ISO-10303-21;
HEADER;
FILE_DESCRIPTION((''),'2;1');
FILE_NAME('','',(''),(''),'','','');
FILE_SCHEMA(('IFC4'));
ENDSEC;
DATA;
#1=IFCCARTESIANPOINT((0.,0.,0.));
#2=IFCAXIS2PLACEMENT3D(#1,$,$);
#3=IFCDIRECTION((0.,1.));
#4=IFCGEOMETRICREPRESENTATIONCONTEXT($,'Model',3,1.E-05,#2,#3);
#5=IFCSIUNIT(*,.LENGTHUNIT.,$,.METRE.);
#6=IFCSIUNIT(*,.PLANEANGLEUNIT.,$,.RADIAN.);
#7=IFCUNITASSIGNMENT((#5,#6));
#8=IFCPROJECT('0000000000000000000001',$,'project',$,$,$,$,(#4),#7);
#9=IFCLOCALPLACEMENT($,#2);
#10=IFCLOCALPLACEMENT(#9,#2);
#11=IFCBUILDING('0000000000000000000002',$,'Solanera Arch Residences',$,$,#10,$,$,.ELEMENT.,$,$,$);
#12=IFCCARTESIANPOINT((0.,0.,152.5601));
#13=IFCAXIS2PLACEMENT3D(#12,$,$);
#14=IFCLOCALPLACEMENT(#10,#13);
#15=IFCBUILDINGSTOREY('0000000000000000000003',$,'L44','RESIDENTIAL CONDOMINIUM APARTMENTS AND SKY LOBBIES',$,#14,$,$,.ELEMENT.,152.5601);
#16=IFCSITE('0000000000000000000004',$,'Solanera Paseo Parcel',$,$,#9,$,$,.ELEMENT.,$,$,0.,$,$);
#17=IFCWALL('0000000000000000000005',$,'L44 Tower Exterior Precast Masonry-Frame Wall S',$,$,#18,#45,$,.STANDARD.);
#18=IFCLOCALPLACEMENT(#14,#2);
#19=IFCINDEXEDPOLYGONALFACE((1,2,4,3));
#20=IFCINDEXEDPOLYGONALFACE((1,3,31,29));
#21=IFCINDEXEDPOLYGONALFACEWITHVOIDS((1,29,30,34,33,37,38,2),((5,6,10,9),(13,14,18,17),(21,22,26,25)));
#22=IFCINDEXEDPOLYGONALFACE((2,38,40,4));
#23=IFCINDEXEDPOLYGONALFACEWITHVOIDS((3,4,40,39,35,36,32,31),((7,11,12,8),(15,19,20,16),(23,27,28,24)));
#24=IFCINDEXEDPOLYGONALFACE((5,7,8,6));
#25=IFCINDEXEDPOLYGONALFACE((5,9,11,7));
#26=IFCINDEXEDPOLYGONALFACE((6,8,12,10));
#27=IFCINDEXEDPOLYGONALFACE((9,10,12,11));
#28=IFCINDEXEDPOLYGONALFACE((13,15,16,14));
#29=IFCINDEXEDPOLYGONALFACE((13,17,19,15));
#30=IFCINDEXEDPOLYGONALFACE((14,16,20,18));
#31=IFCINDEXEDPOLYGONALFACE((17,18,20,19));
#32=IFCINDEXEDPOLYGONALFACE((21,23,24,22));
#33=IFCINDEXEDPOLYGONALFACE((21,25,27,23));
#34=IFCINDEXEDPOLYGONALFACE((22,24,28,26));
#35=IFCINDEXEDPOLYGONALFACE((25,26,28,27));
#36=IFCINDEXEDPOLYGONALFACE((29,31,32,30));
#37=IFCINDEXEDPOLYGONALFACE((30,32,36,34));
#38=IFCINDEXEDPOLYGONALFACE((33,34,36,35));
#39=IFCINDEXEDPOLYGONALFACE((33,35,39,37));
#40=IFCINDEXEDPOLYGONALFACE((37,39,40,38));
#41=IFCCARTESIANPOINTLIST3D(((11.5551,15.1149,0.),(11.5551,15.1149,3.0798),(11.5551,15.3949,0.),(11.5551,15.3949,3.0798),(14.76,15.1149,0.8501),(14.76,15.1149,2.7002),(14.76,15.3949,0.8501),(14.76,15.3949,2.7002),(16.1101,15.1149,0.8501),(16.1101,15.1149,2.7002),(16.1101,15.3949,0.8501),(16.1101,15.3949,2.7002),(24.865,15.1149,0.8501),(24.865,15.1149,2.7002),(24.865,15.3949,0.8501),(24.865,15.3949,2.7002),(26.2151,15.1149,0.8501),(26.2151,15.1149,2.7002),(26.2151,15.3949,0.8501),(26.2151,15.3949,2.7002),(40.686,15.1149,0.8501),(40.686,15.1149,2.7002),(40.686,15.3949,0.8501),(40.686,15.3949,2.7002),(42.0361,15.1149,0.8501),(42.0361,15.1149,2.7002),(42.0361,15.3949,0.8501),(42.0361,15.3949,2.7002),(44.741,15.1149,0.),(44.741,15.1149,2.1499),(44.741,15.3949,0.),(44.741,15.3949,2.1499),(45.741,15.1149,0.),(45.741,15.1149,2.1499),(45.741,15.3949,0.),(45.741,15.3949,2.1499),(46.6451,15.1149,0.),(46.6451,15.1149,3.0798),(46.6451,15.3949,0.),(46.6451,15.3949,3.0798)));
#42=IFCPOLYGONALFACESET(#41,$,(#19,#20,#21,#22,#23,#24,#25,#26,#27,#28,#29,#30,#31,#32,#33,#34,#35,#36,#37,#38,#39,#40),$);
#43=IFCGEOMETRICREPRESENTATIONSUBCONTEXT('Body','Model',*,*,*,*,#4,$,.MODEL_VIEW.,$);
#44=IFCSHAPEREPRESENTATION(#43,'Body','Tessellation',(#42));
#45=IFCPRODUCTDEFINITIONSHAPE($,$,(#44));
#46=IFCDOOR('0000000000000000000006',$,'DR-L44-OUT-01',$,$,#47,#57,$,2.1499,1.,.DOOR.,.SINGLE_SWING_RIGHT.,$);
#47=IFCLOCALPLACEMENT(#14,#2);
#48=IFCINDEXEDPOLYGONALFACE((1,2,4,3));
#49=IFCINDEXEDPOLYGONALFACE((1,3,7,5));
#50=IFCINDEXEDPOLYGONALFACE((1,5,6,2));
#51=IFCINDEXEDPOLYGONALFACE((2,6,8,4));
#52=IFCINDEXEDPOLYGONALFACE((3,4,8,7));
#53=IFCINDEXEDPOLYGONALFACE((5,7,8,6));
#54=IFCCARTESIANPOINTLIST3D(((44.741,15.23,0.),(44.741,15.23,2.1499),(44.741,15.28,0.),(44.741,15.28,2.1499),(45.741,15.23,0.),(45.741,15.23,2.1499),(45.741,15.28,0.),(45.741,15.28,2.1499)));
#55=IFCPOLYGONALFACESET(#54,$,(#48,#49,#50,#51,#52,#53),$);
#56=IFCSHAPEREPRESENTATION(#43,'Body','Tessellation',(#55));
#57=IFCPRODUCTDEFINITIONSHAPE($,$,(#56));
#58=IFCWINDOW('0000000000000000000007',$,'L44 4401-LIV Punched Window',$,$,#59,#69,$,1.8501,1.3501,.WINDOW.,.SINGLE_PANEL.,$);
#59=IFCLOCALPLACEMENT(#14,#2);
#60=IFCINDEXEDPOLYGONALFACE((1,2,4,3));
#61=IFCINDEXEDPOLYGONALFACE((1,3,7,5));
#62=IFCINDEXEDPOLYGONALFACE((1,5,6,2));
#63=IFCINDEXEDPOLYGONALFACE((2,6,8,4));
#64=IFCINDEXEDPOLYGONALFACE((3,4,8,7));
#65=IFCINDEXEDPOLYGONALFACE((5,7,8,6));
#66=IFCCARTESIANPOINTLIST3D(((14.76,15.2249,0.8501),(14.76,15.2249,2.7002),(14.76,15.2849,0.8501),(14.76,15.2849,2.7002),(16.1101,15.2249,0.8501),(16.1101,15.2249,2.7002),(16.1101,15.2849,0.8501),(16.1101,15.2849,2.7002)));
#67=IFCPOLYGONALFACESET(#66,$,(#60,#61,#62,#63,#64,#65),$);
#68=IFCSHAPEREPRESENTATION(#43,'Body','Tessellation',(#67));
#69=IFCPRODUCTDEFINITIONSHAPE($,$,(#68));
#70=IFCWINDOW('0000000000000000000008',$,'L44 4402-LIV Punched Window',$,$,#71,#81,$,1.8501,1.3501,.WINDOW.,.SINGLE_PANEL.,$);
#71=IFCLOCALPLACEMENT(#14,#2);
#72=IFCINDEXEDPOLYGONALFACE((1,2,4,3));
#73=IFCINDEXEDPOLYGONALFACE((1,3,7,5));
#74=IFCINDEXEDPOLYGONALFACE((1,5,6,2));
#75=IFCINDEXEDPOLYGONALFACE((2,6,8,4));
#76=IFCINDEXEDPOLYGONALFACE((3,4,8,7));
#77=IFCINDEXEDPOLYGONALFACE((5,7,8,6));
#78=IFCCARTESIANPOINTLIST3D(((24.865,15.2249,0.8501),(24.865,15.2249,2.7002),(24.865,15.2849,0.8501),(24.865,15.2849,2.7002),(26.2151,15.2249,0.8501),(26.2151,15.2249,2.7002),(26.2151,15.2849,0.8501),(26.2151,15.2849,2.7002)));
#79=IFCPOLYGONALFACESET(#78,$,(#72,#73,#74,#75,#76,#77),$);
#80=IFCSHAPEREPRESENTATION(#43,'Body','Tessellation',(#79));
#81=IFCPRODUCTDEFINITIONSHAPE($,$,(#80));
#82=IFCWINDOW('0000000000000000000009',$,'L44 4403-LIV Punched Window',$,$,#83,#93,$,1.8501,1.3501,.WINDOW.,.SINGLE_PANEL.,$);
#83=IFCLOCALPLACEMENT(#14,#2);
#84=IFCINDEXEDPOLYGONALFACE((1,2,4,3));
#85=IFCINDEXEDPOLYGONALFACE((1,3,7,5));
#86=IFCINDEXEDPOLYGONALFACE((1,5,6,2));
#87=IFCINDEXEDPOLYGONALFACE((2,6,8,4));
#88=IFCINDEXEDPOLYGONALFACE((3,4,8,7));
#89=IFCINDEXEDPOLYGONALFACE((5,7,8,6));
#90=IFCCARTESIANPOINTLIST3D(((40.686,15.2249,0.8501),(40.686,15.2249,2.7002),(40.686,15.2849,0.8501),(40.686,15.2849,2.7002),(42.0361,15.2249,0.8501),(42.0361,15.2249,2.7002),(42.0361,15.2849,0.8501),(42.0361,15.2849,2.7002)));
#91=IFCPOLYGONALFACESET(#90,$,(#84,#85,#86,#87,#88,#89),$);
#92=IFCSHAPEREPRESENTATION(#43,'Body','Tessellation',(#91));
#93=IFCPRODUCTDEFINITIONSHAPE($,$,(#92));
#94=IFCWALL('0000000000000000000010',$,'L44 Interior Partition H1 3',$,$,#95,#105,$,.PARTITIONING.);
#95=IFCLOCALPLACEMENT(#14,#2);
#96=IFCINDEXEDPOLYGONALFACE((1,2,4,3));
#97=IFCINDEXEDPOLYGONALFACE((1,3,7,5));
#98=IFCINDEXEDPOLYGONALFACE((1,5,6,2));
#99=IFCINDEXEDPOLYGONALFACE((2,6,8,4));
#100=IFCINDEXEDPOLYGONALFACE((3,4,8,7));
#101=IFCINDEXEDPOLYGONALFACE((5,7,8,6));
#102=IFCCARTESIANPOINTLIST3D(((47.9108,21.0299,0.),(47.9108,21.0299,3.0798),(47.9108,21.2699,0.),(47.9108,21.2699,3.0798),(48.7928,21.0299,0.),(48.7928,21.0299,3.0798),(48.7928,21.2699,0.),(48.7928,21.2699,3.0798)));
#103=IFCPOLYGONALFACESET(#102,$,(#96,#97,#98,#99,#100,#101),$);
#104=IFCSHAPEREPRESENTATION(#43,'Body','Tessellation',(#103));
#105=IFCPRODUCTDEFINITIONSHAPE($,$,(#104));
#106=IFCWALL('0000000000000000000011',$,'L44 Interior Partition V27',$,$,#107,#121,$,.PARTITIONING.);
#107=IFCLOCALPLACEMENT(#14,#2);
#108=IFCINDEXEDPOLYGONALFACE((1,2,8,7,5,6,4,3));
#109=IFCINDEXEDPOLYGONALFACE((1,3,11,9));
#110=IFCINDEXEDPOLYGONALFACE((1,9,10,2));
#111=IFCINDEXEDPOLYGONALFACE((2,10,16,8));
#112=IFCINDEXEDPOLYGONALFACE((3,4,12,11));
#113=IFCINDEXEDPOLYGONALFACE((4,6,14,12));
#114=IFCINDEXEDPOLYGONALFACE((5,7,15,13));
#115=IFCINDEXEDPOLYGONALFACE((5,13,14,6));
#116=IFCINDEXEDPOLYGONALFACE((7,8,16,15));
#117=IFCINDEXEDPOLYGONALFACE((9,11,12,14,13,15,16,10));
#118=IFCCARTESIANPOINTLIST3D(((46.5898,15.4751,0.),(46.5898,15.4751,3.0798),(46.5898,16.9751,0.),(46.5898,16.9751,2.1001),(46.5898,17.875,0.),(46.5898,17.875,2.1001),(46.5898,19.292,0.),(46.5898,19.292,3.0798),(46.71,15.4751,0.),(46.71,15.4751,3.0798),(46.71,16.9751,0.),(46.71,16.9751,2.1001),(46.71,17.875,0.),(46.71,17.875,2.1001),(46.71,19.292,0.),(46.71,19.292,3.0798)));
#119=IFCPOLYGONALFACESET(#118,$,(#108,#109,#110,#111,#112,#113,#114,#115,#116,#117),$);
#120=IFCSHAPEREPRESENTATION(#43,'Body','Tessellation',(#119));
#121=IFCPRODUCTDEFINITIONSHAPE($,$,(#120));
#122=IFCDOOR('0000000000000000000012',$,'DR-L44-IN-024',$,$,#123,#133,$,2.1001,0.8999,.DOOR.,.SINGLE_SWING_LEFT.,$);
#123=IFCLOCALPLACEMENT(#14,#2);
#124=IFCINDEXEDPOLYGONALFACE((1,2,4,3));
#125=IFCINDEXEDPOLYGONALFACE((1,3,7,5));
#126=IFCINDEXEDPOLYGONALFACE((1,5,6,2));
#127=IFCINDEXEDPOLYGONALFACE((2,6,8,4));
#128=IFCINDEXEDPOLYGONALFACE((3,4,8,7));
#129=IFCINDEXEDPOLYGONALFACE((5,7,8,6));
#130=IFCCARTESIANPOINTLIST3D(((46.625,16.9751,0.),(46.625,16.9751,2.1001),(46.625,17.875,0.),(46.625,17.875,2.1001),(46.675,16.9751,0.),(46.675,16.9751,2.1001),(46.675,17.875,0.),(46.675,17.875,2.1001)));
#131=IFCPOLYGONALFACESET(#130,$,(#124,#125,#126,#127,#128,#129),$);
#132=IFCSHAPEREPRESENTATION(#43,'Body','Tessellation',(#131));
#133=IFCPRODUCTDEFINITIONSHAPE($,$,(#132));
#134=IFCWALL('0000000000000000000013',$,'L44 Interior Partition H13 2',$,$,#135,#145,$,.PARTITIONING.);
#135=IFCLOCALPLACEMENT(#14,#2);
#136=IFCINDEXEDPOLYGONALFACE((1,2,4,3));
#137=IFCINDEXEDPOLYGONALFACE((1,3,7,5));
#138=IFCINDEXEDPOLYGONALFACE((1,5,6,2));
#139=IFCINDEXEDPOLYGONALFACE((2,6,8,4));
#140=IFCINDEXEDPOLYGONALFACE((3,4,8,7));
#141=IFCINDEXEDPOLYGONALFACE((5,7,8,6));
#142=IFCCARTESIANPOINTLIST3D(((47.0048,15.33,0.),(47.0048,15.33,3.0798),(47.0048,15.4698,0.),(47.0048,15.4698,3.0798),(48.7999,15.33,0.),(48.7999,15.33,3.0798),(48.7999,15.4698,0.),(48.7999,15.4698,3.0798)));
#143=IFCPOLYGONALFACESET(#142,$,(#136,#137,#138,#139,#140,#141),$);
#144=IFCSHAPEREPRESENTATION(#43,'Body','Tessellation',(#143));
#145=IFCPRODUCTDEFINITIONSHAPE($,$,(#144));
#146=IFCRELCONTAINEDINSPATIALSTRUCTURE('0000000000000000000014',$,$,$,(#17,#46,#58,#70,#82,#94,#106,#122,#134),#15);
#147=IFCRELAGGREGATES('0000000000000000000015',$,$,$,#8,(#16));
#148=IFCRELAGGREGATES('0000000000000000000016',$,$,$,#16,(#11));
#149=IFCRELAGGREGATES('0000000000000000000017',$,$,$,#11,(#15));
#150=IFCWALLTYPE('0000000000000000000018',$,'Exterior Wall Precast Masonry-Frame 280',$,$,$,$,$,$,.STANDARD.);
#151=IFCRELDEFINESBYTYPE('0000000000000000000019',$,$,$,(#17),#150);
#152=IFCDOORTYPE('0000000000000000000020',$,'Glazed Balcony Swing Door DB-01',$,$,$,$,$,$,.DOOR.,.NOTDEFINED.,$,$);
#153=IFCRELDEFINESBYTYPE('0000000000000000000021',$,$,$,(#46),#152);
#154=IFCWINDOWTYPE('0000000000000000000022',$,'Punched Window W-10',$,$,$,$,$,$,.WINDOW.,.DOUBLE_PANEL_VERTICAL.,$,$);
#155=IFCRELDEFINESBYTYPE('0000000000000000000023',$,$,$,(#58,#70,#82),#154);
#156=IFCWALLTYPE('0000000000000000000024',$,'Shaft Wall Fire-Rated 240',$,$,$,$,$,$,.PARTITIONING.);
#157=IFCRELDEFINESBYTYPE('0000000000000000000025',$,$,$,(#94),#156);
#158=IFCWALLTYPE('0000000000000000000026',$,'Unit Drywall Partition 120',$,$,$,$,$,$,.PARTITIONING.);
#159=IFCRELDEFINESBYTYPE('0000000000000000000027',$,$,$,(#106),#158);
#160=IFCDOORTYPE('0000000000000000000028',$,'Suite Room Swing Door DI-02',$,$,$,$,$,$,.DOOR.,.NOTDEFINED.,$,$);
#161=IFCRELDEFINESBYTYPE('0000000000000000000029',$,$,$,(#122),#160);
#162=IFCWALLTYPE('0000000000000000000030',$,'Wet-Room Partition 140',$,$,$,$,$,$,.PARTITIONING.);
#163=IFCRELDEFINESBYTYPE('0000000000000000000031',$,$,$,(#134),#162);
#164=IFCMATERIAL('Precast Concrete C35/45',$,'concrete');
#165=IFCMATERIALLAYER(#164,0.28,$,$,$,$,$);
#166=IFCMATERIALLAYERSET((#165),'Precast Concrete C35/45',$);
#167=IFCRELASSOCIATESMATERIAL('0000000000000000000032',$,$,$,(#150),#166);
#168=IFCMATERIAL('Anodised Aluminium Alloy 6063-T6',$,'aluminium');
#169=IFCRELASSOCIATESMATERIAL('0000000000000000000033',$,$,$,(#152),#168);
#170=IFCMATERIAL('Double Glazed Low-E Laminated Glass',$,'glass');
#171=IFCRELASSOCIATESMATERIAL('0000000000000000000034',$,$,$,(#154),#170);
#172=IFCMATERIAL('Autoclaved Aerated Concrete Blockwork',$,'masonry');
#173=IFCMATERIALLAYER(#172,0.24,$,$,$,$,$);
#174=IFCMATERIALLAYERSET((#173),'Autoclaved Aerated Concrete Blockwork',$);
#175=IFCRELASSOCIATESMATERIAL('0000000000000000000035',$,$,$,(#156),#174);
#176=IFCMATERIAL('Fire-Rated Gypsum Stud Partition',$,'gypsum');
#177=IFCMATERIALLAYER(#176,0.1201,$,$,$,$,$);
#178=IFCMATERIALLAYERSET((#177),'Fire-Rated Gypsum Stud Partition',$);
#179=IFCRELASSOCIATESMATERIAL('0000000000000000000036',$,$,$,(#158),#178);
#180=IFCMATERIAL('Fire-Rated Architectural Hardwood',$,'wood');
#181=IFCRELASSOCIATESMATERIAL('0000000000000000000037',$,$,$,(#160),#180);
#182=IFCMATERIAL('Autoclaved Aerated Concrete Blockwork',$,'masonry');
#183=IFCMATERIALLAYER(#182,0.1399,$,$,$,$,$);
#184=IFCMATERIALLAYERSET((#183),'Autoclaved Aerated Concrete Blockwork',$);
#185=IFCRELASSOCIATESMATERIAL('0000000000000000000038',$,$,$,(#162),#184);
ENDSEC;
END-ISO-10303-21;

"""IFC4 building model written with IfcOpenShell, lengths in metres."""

from ifc_helpers import new_model, si_unit, direction, frame, frame_2d, origin, place, context, subcontext, project, spatial, rectangle, extrude, material, layer, layer_set, type_object, element, fill, save


model = new_model("IFC4")

# Units and contexts
model_context = context("Model", 3, precision=1e-05, world=origin(), true_north=direction((0.0, 1.0)))
body_context = subcontext(model_context, "Body", "Model", "MODEL_VIEW")
ifc_project = project(units=[si_unit("LENGTHUNIT", "METRE"), si_unit("PLANEANGLEUNIT", "RADIAN")], contexts=[model_context])

# Site, building, storey
site_placement = place(None, origin())
site = spatial("IfcSite", under=ifc_project, at=site_placement, Name="Solanera Paseo Parcel", CompositionType="ELEMENT", RefElevation=0.0)
building_placement = place(site_placement, origin())
building = spatial("IfcBuilding", under=site, at=building_placement, Name="Solanera Arch Residences", CompositionType="ELEMENT")
storey_placement = place(building_placement, frame((0.0, 0.0, 152.5601)))
storey = spatial("IfcBuildingStorey", under=building, at=storey_placement, Name="L44", Description="RESIDENTIAL CONDOMINIUM APARTMENTS AND SKY LOBBIES", CompositionType="ELEMENT", Elevation=152.5601)

# Shared definitions
ifc_material_1 = material(Name="Precast Concrete C35/45", Category="concrete")
ifc_layer_1 = layer(ifc_material_1, 0.28)
ifc_layer_set_1 = layer_set([ifc_layer_1], Name="Precast Concrete C35/45")
wall_type_1 = type_object("IfcWallType", Name="Exterior Wall Precast Masonry-Frame 280", PredefinedType="STANDARD", material=ifc_layer_set_1)

# Wall, openings, door, windows
wall_1_placement = place(storey_placement, frame((46.645, 15.2549, 0.0), z_axis=(0.0, 0.0, 1.0), x_axis=(-1.0, 0.0, 0.0)))
wall_1 = element("IfcWall", 1, at=wall_1_placement, inside=storey, type_object=wall_type_1, Name="L44 Tower Exterior Precast Masonry-Frame Wall S", PredefinedType="STANDARD", context=body_context, shape_type="SweptSolid", body=[
    extrude(rectangle(XDim=35.0901, YDim=0.28, at=frame_2d((17.5449, 0.0))), origin(), (0.0, 0.0, 1.0), 3.0798),
])
opening_1_placement = place(wall_1_placement, frame((0.9041, 0.0, 0.0)))
opening_1 = element("IfcOpeningElement", 2, at=opening_1_placement, cuts=wall_1, PredefinedType="OPENING", context=body_context, shape_type="SweptSolid", body=[
    extrude(rectangle(XDim=1.0, YDim=2.1499, at=frame_2d((0.5, 1.075))), frame((0.0, 0.1499, 0.0), z_axis=(0.0, -1.0, 0.0), x_axis=(1.0, 0.0, 0.0)), (0.0, 0.0, 1.0), 0.3),
])
opening_2_placement = place(wall_1_placement, frame((30.5349, 0.0, 0.8501)))
opening_2 = element("IfcOpeningElement", 3, at=opening_2_placement, cuts=wall_1, PredefinedType="OPENING", context=body_context, shape_type="SweptSolid", body=[
    extrude(rectangle(XDim=1.3501, YDim=1.8501, at=frame_2d((0.675, 0.925))), frame((0.0, 0.1499, 0.0), z_axis=(0.0, -1.0, 0.0), x_axis=(1.0, 0.0, 0.0)), (0.0, 0.0, 1.0), 0.3),
])
opening_3_placement = place(wall_1_placement, frame((20.4299, 0.0, 0.8501)))
opening_3 = element("IfcOpeningElement", 4, at=opening_3_placement, cuts=wall_1, PredefinedType="OPENING", context=body_context, shape_type="SweptSolid", body=[
    extrude(rectangle(XDim=1.3501, YDim=1.8501, at=frame_2d((0.675, 0.925))), frame((0.0, 0.1499, 0.0), z_axis=(0.0, -1.0, 0.0), x_axis=(1.0, 0.0, 0.0)), (0.0, 0.0, 1.0), 0.3),
])
opening_4_placement = place(wall_1_placement, frame((4.6089, 0.0, 0.8501)))
opening_4 = element("IfcOpeningElement", 5, at=opening_4_placement, cuts=wall_1, PredefinedType="OPENING", context=body_context, shape_type="SweptSolid", body=[
    extrude(rectangle(XDim=1.3501, YDim=1.8501, at=frame_2d((0.675, 0.925))), frame((0.0, 0.1499, 0.0), z_axis=(0.0, -1.0, 0.0), x_axis=(1.0, 0.0, 0.0)), (0.0, 0.0, 1.0), 0.3),
])
ifc_material_2 = material(Name="Anodised Aluminium Alloy 6063-T6", Category="aluminium")
door_type_1 = type_object("IfcDoorType", Name="Glazed Balcony Swing Door DB-01", OperationType="NOTDEFINED", PredefinedType="DOOR", material=ifc_material_2)
door_1_placement = place(opening_1_placement, origin())
door_1 = element("IfcDoor", 6, at=door_1_placement, inside=storey, type_object=door_type_1, Name="DR-L44-OUT-01", OperationType="SINGLE_SWING_RIGHT", OverallHeight=2.1499, OverallWidth=1.0, PredefinedType="DOOR", context=body_context, shape_type="SweptSolid", body=[
    extrude(rectangle(XDim=1.0, YDim=2.1499, at=frame_2d((0.5, 1.075))), frame((0.0, 0.0249, 0.0), z_axis=(0.0, -1.0, 0.0), x_axis=(1.0, 0.0, 0.0)), (0.0, 0.0, 1.0), 0.05),
])
fill(opening_1, door_1)
ifc_material_3 = material(Name="Double Glazed Low-E Laminated Glass", Category="glass")
window_type = type_object("IfcWindowType", Name="Punched Window W-10", PartitioningType="DOUBLE_PANEL_VERTICAL", PredefinedType="WINDOW", material=ifc_material_3)
window_1_placement = place(opening_2_placement, origin())
window_1 = element("IfcWindow", 7, at=window_1_placement, inside=storey, type_object=window_type, Name="L44 4401-LIV Punched Window", OverallHeight=1.8501, OverallWidth=1.3501, PartitioningType="SINGLE_PANEL", PredefinedType="WINDOW", context=body_context, shape_type="SweptSolid", body=[
    extrude(rectangle(XDim=1.3501, YDim=1.8501, at=frame_2d((0.675, 0.925))), frame((0.0, 0.03, 0.0), z_axis=(0.0, -1.0, 0.0), x_axis=(1.0, 0.0, 0.0)), (0.0, 0.0, 1.0), 0.0601),
])
fill(opening_2, window_1)
window_2_placement = place(opening_3_placement, origin())
window_2 = element("IfcWindow", 8, at=window_2_placement, inside=storey, type_object=window_type, Name="L44 4402-LIV Punched Window", OverallHeight=1.8501, OverallWidth=1.3501, PartitioningType="SINGLE_PANEL", PredefinedType="WINDOW", context=body_context, shape_type="SweptSolid", body=[
    extrude(rectangle(XDim=1.3501, YDim=1.8501, at=frame_2d((0.675, 0.925))), frame((0.0, 0.03, 0.0), z_axis=(0.0, -1.0, 0.0), x_axis=(1.0, 0.0, 0.0)), (0.0, 0.0, 1.0), 0.0601),
])
fill(opening_3, window_2)
window_3_placement = place(opening_4_placement, origin())
window_3 = element("IfcWindow", 9, at=window_3_placement, inside=storey, type_object=window_type, Name="L44 4403-LIV Punched Window", OverallHeight=1.8501, OverallWidth=1.3501, PartitioningType="SINGLE_PANEL", PredefinedType="WINDOW", context=body_context, shape_type="SweptSolid", body=[
    extrude(rectangle(XDim=1.3501, YDim=1.8501, at=frame_2d((0.675, 0.925))), frame((0.0, 0.03, 0.0), z_axis=(0.0, -1.0, 0.0), x_axis=(1.0, 0.0, 0.0)), (0.0, 0.0, 1.0), 0.0601),
])
fill(opening_4, window_3)

# Wall
ifc_material_4 = material(Name="Autoclaved Aerated Concrete Blockwork", Category="masonry")
ifc_layer_2 = layer(ifc_material_4, 0.24)
ifc_layer_set_2 = layer_set([ifc_layer_2], Name="Autoclaved Aerated Concrete Blockwork")
wall_type_2 = type_object("IfcWallType", Name="Shaft Wall Fire-Rated 240", PredefinedType="PARTITIONING", material=ifc_layer_set_2)
wall_2_placement = place(storey_placement, frame((47.9109, 21.1499, 0.0), z_axis=(0.0, 0.0, 1.0), x_axis=(1.0, 0.0, 0.0)))
element("IfcWall", 10, at=wall_2_placement, inside=storey, type_object=wall_type_2, Name="L44 Interior Partition H1 3", PredefinedType="PARTITIONING", context=body_context, shape_type="SweptSolid", body=[
    extrude(rectangle(XDim=0.8821, YDim=0.24, at=frame_2d((0.4409, 0.0))), origin(), (0.0, 0.0, 1.0), 3.0798),
])

# Wall, opening, door
ifc_material_5 = material(Name="Fire-Rated Gypsum Stud Partition", Category="gypsum")
ifc_layer_3 = layer(ifc_material_5, 0.1201)
ifc_layer_set_3 = layer_set([ifc_layer_3], Name="Fire-Rated Gypsum Stud Partition")
wall_type_3 = type_object("IfcWallType", Name="Unit Drywall Partition 120", PredefinedType="PARTITIONING", material=ifc_layer_set_3)
wall_3_placement = place(storey_placement, frame((46.6499, 15.4751, 0.0), z_axis=(0.0, 0.0, 1.0), x_axis=(0.0, 1.0, 0.0)))
wall_3 = element("IfcWall", 11, at=wall_3_placement, inside=storey, type_object=wall_type_3, Name="L44 Interior Partition V27", PredefinedType="PARTITIONING", context=body_context, shape_type="SweptSolid", body=[
    extrude(rectangle(XDim=3.8169, YDim=0.1201, at=frame_2d((1.9084, 0.0))), origin(), (0.0, 0.0, 1.0), 3.0798),
])
opening_5_placement = place(wall_3_placement, frame((1.5, 0.0, 0.0)))
opening_5 = element("IfcOpeningElement", 12, at=opening_5_placement, cuts=wall_3, PredefinedType="OPENING", context=body_context, shape_type="SweptSolid", body=[
    extrude(rectangle(XDim=0.8999, YDim=2.1001, at=frame_2d((0.45, 1.05))), frame((0.0, 0.0701, 0.0), z_axis=(0.0, -1.0, 0.0), x_axis=(1.0, 0.0, 0.0)), (0.0, 0.0, 1.0), 0.1401),
])
ifc_material_6 = material(Name="Fire-Rated Architectural Hardwood", Category="wood")
door_type_2 = type_object("IfcDoorType", Name="Suite Room Swing Door DI-02", OperationType="NOTDEFINED", PredefinedType="DOOR", material=ifc_material_6)
door_2_placement = place(opening_5_placement, origin())
door_2 = element("IfcDoor", 13, at=door_2_placement, inside=storey, type_object=door_type_2, Name="DR-L44-IN-024", OperationType="SINGLE_SWING_LEFT", OverallHeight=2.1001, OverallWidth=0.8999, PredefinedType="DOOR", context=body_context, shape_type="SweptSolid", body=[
    extrude(rectangle(XDim=0.8999, YDim=2.1001, at=frame_2d((0.45, 1.05))), frame((0.0, 0.0249, 0.0), z_axis=(0.0, -1.0, 0.0), x_axis=(1.0, 0.0, 0.0)), (0.0, 0.0, 1.0), 0.05),
])
fill(opening_5, door_2)

# Wall
ifc_material_7 = material(Name="Autoclaved Aerated Concrete Blockwork", Category="masonry")
ifc_layer_4 = layer(ifc_material_7, 0.1399)
ifc_layer_set_4 = layer_set([ifc_layer_4], Name="Autoclaved Aerated Concrete Blockwork")
wall_type_4 = type_object("IfcWallType", Name="Wet-Room Partition 140", PredefinedType="PARTITIONING", material=ifc_layer_set_4)
wall_4_placement = place(storey_placement, frame((47.0049, 15.3999, 0.0), z_axis=(0.0, 0.0, 1.0), x_axis=(1.0, 0.0, 0.0)))
element("IfcWall", 14, at=wall_4_placement, inside=storey, type_object=wall_type_4, Name="L44 Interior Partition H13 2", PredefinedType="PARTITIONING", context=body_context, shape_type="SweptSolid", body=[
    extrude(rectangle(XDim=1.7952, YDim=0.1399, at=frame_2d((0.8975, 0.0))), origin(), (0.0, 0.0, 1.0), 3.0798),
])

save(model, "model.ifc")
